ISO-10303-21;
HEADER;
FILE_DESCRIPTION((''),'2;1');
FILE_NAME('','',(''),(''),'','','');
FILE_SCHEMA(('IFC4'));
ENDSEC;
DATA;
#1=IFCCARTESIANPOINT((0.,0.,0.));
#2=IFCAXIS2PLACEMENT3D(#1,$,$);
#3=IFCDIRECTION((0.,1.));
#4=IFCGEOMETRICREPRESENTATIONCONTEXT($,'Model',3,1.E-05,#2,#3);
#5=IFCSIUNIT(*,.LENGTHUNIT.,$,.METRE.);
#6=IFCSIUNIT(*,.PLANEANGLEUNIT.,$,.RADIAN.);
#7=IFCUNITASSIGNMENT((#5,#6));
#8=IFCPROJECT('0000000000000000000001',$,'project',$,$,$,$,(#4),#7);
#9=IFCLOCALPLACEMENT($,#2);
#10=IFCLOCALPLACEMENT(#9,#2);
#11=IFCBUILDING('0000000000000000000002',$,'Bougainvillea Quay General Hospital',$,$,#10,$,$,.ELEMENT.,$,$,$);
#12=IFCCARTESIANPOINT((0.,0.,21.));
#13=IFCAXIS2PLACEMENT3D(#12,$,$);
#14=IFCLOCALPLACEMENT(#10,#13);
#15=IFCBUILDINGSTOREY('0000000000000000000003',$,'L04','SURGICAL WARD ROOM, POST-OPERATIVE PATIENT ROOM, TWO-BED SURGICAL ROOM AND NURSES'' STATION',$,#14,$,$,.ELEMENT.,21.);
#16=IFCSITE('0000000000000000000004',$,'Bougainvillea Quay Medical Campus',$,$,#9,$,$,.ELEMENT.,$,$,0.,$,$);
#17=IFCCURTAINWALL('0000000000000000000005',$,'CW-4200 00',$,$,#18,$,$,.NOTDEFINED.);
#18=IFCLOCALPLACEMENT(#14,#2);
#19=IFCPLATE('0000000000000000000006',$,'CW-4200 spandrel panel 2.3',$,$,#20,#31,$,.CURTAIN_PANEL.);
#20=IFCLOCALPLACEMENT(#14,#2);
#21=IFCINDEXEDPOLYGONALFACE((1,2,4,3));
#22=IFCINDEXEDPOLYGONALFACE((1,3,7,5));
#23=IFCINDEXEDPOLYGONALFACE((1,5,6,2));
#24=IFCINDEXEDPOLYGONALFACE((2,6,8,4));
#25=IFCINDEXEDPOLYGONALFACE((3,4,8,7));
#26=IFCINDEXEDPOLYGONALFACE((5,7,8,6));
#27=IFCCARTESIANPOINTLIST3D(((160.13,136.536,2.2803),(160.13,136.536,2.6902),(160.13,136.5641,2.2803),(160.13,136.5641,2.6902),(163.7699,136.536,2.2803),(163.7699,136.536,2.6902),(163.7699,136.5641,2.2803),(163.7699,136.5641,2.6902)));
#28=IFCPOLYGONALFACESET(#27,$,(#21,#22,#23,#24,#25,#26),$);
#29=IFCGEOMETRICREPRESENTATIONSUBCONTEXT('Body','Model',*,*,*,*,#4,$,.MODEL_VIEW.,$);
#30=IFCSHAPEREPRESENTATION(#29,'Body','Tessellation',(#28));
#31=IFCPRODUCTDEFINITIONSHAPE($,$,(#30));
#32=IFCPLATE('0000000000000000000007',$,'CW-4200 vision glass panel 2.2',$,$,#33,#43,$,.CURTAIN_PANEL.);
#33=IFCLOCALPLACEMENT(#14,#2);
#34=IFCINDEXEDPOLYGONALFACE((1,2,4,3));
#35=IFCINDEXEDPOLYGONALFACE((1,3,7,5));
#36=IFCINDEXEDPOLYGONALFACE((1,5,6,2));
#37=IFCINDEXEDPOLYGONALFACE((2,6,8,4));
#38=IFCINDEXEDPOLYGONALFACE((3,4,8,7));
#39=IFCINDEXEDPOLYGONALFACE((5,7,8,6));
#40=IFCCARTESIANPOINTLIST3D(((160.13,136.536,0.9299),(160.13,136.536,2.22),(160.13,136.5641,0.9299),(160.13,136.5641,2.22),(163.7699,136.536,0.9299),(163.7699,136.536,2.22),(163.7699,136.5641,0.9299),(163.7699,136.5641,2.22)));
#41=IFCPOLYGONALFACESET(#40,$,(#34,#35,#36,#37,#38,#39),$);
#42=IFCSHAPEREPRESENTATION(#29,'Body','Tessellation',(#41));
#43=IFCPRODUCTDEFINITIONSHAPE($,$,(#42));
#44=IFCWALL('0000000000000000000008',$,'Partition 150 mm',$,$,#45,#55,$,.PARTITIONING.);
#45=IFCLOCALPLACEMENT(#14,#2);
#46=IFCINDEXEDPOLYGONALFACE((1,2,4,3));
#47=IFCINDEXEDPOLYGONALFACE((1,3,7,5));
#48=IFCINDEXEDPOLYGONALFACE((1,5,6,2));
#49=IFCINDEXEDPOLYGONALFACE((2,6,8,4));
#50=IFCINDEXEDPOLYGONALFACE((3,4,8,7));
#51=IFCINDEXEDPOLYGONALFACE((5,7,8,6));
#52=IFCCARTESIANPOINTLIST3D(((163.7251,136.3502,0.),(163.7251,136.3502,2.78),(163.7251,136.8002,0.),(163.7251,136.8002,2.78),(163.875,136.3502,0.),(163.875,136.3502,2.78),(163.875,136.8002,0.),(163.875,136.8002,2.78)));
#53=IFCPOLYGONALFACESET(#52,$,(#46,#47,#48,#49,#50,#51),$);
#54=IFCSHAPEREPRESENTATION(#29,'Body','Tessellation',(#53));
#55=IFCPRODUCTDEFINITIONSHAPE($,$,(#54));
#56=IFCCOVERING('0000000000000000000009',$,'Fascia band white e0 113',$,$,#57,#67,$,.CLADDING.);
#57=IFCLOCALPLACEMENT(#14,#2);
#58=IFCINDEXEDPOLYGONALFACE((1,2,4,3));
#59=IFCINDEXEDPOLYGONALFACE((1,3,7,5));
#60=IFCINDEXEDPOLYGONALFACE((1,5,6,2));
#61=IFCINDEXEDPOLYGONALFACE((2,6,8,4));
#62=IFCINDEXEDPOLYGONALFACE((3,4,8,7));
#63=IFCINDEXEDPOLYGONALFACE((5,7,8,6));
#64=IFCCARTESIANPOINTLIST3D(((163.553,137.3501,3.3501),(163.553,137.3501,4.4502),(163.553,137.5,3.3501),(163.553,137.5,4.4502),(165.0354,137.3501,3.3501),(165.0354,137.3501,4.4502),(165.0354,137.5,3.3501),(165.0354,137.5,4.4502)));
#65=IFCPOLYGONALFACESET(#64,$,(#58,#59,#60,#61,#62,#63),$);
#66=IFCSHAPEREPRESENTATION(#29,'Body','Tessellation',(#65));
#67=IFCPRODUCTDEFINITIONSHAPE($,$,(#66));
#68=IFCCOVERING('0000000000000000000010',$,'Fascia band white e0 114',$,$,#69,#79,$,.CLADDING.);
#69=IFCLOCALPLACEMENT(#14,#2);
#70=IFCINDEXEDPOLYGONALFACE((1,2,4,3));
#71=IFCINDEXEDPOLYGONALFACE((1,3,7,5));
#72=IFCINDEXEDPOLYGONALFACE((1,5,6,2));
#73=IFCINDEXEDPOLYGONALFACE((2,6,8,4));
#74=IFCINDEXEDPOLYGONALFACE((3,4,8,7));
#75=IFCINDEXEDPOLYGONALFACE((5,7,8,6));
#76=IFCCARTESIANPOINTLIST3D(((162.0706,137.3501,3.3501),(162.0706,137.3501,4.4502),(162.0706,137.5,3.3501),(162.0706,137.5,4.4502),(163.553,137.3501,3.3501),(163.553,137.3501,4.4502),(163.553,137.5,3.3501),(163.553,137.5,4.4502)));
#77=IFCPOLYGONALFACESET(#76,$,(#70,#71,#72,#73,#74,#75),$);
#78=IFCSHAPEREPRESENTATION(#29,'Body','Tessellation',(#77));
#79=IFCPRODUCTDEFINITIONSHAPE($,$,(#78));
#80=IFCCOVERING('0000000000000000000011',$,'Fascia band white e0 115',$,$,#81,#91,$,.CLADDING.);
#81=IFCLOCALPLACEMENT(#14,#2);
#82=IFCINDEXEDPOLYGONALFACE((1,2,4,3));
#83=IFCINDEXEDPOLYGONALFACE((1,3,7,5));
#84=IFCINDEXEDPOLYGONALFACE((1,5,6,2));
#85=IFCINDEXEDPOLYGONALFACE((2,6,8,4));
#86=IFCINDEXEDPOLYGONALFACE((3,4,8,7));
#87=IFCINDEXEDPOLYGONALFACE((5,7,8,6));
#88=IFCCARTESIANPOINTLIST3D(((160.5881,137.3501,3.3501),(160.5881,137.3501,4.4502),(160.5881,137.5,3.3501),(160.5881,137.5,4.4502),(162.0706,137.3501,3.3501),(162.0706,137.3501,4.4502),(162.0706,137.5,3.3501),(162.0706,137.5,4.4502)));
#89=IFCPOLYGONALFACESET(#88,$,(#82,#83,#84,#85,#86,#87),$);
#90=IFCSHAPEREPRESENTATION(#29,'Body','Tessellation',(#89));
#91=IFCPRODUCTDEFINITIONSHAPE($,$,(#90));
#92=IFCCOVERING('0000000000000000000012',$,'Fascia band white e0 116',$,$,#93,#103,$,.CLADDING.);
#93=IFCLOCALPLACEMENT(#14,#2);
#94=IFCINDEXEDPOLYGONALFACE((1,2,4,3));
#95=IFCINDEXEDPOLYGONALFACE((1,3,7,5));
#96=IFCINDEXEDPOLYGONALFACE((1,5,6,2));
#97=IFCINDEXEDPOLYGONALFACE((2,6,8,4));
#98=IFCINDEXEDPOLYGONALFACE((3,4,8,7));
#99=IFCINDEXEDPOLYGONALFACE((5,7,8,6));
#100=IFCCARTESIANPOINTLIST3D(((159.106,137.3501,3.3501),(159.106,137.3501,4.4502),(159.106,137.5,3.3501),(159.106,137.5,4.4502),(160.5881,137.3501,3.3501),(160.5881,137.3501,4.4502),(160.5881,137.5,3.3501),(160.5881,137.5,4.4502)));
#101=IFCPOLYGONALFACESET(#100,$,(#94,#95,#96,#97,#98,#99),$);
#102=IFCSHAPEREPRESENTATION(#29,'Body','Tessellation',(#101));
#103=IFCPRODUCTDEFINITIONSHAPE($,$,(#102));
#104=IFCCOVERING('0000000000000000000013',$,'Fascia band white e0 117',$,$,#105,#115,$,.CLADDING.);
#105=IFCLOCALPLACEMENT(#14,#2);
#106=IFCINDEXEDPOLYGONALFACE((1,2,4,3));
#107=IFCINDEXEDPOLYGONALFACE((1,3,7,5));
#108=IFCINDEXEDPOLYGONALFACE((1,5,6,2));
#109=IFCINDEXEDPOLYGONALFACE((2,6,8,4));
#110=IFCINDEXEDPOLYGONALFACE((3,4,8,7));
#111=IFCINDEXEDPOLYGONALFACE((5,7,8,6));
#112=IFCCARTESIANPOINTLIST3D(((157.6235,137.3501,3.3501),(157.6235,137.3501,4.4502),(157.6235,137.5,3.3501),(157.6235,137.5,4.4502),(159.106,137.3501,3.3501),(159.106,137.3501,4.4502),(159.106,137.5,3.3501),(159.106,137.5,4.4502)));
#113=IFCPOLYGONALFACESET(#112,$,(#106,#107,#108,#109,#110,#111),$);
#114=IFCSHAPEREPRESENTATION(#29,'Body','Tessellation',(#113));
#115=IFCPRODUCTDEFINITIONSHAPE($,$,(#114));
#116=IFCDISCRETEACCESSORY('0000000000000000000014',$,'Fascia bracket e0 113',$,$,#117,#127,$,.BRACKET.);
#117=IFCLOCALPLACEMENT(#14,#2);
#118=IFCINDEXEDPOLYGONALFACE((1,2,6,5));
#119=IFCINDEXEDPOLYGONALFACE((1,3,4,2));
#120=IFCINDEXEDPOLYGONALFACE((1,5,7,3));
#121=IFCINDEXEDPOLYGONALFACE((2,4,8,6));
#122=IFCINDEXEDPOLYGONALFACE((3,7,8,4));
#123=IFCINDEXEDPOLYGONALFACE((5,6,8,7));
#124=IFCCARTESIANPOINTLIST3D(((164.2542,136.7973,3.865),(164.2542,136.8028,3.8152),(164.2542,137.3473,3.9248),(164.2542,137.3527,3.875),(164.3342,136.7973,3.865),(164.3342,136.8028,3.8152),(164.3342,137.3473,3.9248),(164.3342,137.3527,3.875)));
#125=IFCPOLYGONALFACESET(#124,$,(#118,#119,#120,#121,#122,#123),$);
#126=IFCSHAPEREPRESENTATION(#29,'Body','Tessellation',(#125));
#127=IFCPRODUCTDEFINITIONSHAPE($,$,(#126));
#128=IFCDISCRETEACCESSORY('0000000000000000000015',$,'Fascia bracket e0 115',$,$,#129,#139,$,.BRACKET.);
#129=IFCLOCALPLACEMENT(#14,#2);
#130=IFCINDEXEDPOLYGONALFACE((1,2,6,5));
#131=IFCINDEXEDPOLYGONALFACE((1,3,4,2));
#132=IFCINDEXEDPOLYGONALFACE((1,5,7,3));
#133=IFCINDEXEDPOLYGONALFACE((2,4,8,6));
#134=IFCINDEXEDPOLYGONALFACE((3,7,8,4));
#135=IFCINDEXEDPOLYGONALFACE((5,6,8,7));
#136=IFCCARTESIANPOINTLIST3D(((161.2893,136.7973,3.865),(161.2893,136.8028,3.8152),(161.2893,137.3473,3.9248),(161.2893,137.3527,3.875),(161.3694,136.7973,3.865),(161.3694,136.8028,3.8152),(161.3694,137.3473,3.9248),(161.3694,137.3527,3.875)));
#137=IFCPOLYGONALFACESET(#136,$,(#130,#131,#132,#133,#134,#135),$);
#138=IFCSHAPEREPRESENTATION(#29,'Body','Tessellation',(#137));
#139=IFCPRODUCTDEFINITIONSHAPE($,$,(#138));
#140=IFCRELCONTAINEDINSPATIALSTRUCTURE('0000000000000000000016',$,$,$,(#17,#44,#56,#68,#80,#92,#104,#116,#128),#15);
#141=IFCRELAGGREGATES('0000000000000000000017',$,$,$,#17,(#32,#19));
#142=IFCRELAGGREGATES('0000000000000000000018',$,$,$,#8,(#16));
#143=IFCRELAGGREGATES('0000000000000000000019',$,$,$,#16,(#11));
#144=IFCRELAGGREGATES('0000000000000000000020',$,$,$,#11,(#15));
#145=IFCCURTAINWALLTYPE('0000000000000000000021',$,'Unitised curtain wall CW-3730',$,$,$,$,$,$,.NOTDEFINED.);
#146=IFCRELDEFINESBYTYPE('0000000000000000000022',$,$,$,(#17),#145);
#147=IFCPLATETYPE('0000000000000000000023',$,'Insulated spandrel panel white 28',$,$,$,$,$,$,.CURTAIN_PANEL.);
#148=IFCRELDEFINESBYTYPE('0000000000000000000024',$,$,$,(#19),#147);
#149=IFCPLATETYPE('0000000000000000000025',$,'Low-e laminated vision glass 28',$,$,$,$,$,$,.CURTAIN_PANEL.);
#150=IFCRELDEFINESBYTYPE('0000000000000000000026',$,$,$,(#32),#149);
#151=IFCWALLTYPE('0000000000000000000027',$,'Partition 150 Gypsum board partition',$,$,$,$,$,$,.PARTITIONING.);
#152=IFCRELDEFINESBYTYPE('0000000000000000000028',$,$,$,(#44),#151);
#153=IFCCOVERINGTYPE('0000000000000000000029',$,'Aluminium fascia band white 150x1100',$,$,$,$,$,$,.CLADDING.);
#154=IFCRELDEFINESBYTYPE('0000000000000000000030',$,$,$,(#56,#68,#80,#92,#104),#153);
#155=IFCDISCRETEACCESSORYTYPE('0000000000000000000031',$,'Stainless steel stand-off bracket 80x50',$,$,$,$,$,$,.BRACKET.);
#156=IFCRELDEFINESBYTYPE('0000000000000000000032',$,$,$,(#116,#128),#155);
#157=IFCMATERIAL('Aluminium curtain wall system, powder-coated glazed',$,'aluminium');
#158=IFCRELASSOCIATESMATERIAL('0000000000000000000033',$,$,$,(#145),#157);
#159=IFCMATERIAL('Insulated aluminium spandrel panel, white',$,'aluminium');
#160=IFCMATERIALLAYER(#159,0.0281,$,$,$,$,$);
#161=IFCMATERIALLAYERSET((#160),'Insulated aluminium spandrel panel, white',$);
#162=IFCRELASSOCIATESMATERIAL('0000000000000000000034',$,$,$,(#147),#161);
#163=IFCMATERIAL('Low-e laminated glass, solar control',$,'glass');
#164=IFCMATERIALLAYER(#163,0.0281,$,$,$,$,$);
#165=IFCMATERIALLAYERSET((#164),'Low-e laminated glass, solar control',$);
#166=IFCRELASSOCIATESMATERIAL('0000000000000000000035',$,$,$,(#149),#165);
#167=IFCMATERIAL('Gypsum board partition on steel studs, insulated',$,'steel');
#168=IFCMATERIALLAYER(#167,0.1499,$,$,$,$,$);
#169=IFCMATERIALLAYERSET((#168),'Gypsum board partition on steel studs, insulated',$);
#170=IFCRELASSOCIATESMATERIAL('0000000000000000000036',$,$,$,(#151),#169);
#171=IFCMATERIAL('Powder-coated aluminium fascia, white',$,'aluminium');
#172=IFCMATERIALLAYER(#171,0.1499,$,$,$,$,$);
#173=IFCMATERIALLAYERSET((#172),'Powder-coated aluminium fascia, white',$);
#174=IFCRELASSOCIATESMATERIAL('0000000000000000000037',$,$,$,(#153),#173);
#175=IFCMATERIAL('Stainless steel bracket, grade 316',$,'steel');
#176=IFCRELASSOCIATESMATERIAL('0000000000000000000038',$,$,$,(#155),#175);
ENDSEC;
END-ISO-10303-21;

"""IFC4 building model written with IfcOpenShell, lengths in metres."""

from ifc_helpers import new_model, si_unit, direction, frame, frame_2d, origin, origin_2d, place, context, subcontext, project, spatial, polyline, rectangle, outline, extrude, material, layer, layer_set, material_profile, profile_set, type_object, element, aggregate, save


model = new_model("IFC4")

# Units and contexts
model_context = context("Model", 3, precision=1e-05, world=origin(), true_north=direction((0.0, 1.0)))
body_context = subcontext(model_context, "Body", "Model", "MODEL_VIEW")
ifc_project = project(units=[si_unit("LENGTHUNIT", "METRE"), si_unit("PLANEANGLEUNIT", "RADIAN")], contexts=[model_context])

# Site, building, storey
site_placement = place(None, origin())
site = spatial("IfcSite", under=ifc_project, at=site_placement, Name="Bougainvillea Quay Medical Campus", CompositionType="ELEMENT", RefElevation=0.0)
building_placement = place(site_placement, origin())
building = spatial("IfcBuilding", under=site, at=building_placement, Name="Bougainvillea Quay General Hospital", CompositionType="ELEMENT")
storey_placement = place(building_placement, frame((0.0, 0.0, 21.0)))
storey = spatial("IfcBuildingStorey", under=building, at=storey_placement, Name="L04", Description="SURGICAL WARD ROOM, POST-OPERATIVE PATIENT ROOM, TWO-BED SURGICAL ROOM AND NURSES' STATION", CompositionType="ELEMENT", Elevation=21.0)

# Curtain wall
ifc_material_1 = material(Name="Aluminium curtain wall system, powder-coated glazed", Category="aluminium")
curtain_wall_type = type_object("IfcCurtainWallType", Name="Unitised curtain wall CW-3730", PredefinedType="NOTDEFINED", material=ifc_material_1)
curtain_wall_1_placement = place(storey_placement, origin())
curtain_wall_1 = element("IfcCurtainWall", 1, at=curtain_wall_1_placement, inside=storey, type_object=curtain_wall_type, Name="CW-4200 00", PredefinedType="NOTDEFINED")

# Plates
ifc_material_2 = material(Name="Insulated aluminium spandrel panel, white", Category="aluminium")
ifc_layer_1 = layer(ifc_material_2, 0.0281)
ifc_layer_set_1 = layer_set([ifc_layer_1], Name="Insulated aluminium spandrel panel, white")
plate_type_1 = type_object("IfcPlateType", Name="Insulated spandrel panel white 28", PredefinedType="CURTAIN_PANEL", material=ifc_layer_set_1)
plate_1_placement = place(storey_placement, frame((161.95, 136.55, 2.2803), z_axis=(0.0, 0.0, 1.0), x_axis=(-1.0, 0.0, 0.0)))
plate_1 = element("IfcPlate", 2, at=plate_1_placement, type_object=plate_type_1, Name="CW-4200 spandrel panel 2.3", PredefinedType="CURTAIN_PANEL", context=body_context, shape_type="SweptSolid", body=[
    extrude(rectangle(XDim=3.6399, YDim=0.0281, at=origin_2d()), origin(), (0.0, 0.0, 1.0), 0.4099),
])
ifc_material_3 = material(Name="Low-e laminated glass, solar control", Category="glass")
ifc_layer_2 = layer(ifc_material_3, 0.0281)
ifc_layer_set_2 = layer_set([ifc_layer_2], Name="Low-e laminated glass, solar control")
plate_type_2 = type_object("IfcPlateType", Name="Low-e laminated vision glass 28", PredefinedType="CURTAIN_PANEL", material=ifc_layer_set_2)
plate_2_placement = place(storey_placement, frame((161.95, 136.55, 0.9299), z_axis=(0.0, 0.0, 1.0), x_axis=(-1.0, 0.0, 0.0)))
plate_2 = element("IfcPlate", 3, at=plate_2_placement, type_object=plate_type_2, Name="CW-4200 vision glass panel 2.2", PredefinedType="CURTAIN_PANEL", context=body_context, shape_type="SweptSolid", body=[
    extrude(rectangle(XDim=3.6399, YDim=0.0281, at=origin_2d()), origin(), (0.0, 0.0, 1.0), 1.29),
])
aggregate(curtain_wall_1, [plate_2, plate_1])

# Wall
ifc_material_4 = material(Name="Gypsum board partition on steel studs, insulated", Category="steel")
ifc_layer_3 = layer(ifc_material_4, 0.1499)
ifc_layer_set_3 = layer_set([ifc_layer_3], Name="Gypsum board partition on steel studs, insulated")
wall_type = type_object("IfcWallType", Name="Partition 150 Gypsum board partition", PredefinedType="PARTITIONING", material=ifc_layer_set_3)
wall_placement = place(storey_placement, frame((163.8, 136.3501, 0.0), z_axis=(0.0, 0.0, 1.0), x_axis=(0.0, 1.0, 0.0)))
element("IfcWall", 4, at=wall_placement, inside=storey, type_object=wall_type, Name="Partition 150 mm", PredefinedType="PARTITIONING", context=body_context, shape_type="SweptSolid", body=[
    extrude(rectangle(XDim=0.45, YDim=0.1499, at=frame_2d((0.2251, 0.0))), origin(), (0.0, 0.0, 1.0), 2.78),
])

# Coverings
ifc_material_5 = material(Name="Powder-coated aluminium fascia, white", Category="aluminium")
ifc_layer_4 = layer(ifc_material_5, 0.1499)
ifc_layer_set_4 = layer_set([ifc_layer_4], Name="Powder-coated aluminium fascia, white")
covering_type = type_object("IfcCoveringType", Name="Aluminium fascia band white 150x1100", PredefinedType="CLADDING", material=ifc_layer_set_4)
for number, where, z_axis, x_axis, name in (
    (5, (165.0354, 137.3501, 3.3501), (0.0, 0.0, 1.0), (-1.0, 0.0, 0.0), "Fascia band white e0 113"),
    (6, (163.553, 137.3501, 3.3501), (0.0, 0.0, 1.0), (-1.0, 0.0, 0.0), "Fascia band white e0 114"),
    (7, (162.0706, 137.3501, 3.3501), (0.0, 0.0, 1.0), (-1.0, 0.0, 0.0), "Fascia band white e0 115"),
):
    element("IfcCovering", number, at=place(storey_placement, frame(where, z_axis=z_axis, x_axis=x_axis)), inside=storey, type_object=covering_type, Name=name, PredefinedType="CLADDING", context=body_context, shape_type="SweptSolid", body=[
        extrude(outline(polyline([(0.0, 0.0), (1.4824, 0.0), (1.4824, -0.1499), (0.0, -0.1499), (0.0, 0.0)])), origin(), (0.0, 0.0, 1.0), 1.1001),
    ])
covering_1_placement = place(storey_placement, frame((160.5881, 137.3501, 3.3501), z_axis=(0.0, 0.0, 1.0), x_axis=(-1.0, 0.0, 0.0)))
element("IfcCovering", 8, at=covering_1_placement, inside=storey, type_object=covering_type, Name="Fascia band white e0 116", PredefinedType="CLADDING", context=body_context, shape_type="SweptSolid", body=[
    extrude(outline(polyline([(0.0, 0.0), (1.4822, 0.0), (1.4822, -0.1499), (0.0, -0.1499), (0.0, 0.0)])), origin(), (0.0, 0.0, 1.0), 1.1001),
])
covering_2_placement = place(storey_placement, frame((159.106, 137.3501, 3.3501), z_axis=(0.0, 0.0, 1.0), x_axis=(-1.0, 0.0, 0.0)))
element("IfcCovering", 9, at=covering_2_placement, inside=storey, type_object=covering_type, Name="Fascia band white e0 117", PredefinedType="CLADDING", context=body_context, shape_type="SweptSolid", body=[
    extrude(outline(polyline([(0.0, 0.0), (1.4824, 0.0), (1.4824, -0.1499), (0.0, -0.1499), (0.0, 0.0)])), origin(), (0.0, 0.0, 1.0), 1.1001),
])

# Discrete accessories
ifc_material_6 = material(Name="Stainless steel bracket, grade 316", Category="steel")
ifc_material_profile_1 = material_profile(ifc_material_6, rectangle(XDim=0.0801, YDim=0.05, at=origin_2d()))
ifc_profile_set_1 = profile_set([ifc_material_profile_1], Name="Stainless steel bracket, grade 316")
discrete_accessory_type = type_object("IfcDiscreteAccessoryType", Name="Stainless steel stand-off bracket 80x50", PredefinedType="BRACKET", material=ifc_profile_set_1)
for number, where, z_axis, x_axis, name in (
    (10, (164.2942, 136.8, 3.8401), (0.0, 0.994139, 0.108107), (-1.0, 0.0, 0.0), "Fascia bracket e0 113"),
    (11, (161.3293, 136.8, 3.8401), (0.0, 0.994139, 0.108107), (-1.0, 0.0, 0.0), "Fascia bracket e0 115"),
):
    element("IfcDiscreteAccessory", number, at=place(storey_placement, frame(where, z_axis=z_axis, x_axis=x_axis)), inside=storey, type_object=discrete_accessory_type, Name=name, PredefinedType="BRACKET", context=body_context, shape_type="SweptSolid", body=[
        extrude(rectangle(XDim=0.0801, YDim=0.05, at=origin_2d()), origin(), (0.0, 0.0, 1.0), 0.5532),
    ])

save(model, "model.ifc")
